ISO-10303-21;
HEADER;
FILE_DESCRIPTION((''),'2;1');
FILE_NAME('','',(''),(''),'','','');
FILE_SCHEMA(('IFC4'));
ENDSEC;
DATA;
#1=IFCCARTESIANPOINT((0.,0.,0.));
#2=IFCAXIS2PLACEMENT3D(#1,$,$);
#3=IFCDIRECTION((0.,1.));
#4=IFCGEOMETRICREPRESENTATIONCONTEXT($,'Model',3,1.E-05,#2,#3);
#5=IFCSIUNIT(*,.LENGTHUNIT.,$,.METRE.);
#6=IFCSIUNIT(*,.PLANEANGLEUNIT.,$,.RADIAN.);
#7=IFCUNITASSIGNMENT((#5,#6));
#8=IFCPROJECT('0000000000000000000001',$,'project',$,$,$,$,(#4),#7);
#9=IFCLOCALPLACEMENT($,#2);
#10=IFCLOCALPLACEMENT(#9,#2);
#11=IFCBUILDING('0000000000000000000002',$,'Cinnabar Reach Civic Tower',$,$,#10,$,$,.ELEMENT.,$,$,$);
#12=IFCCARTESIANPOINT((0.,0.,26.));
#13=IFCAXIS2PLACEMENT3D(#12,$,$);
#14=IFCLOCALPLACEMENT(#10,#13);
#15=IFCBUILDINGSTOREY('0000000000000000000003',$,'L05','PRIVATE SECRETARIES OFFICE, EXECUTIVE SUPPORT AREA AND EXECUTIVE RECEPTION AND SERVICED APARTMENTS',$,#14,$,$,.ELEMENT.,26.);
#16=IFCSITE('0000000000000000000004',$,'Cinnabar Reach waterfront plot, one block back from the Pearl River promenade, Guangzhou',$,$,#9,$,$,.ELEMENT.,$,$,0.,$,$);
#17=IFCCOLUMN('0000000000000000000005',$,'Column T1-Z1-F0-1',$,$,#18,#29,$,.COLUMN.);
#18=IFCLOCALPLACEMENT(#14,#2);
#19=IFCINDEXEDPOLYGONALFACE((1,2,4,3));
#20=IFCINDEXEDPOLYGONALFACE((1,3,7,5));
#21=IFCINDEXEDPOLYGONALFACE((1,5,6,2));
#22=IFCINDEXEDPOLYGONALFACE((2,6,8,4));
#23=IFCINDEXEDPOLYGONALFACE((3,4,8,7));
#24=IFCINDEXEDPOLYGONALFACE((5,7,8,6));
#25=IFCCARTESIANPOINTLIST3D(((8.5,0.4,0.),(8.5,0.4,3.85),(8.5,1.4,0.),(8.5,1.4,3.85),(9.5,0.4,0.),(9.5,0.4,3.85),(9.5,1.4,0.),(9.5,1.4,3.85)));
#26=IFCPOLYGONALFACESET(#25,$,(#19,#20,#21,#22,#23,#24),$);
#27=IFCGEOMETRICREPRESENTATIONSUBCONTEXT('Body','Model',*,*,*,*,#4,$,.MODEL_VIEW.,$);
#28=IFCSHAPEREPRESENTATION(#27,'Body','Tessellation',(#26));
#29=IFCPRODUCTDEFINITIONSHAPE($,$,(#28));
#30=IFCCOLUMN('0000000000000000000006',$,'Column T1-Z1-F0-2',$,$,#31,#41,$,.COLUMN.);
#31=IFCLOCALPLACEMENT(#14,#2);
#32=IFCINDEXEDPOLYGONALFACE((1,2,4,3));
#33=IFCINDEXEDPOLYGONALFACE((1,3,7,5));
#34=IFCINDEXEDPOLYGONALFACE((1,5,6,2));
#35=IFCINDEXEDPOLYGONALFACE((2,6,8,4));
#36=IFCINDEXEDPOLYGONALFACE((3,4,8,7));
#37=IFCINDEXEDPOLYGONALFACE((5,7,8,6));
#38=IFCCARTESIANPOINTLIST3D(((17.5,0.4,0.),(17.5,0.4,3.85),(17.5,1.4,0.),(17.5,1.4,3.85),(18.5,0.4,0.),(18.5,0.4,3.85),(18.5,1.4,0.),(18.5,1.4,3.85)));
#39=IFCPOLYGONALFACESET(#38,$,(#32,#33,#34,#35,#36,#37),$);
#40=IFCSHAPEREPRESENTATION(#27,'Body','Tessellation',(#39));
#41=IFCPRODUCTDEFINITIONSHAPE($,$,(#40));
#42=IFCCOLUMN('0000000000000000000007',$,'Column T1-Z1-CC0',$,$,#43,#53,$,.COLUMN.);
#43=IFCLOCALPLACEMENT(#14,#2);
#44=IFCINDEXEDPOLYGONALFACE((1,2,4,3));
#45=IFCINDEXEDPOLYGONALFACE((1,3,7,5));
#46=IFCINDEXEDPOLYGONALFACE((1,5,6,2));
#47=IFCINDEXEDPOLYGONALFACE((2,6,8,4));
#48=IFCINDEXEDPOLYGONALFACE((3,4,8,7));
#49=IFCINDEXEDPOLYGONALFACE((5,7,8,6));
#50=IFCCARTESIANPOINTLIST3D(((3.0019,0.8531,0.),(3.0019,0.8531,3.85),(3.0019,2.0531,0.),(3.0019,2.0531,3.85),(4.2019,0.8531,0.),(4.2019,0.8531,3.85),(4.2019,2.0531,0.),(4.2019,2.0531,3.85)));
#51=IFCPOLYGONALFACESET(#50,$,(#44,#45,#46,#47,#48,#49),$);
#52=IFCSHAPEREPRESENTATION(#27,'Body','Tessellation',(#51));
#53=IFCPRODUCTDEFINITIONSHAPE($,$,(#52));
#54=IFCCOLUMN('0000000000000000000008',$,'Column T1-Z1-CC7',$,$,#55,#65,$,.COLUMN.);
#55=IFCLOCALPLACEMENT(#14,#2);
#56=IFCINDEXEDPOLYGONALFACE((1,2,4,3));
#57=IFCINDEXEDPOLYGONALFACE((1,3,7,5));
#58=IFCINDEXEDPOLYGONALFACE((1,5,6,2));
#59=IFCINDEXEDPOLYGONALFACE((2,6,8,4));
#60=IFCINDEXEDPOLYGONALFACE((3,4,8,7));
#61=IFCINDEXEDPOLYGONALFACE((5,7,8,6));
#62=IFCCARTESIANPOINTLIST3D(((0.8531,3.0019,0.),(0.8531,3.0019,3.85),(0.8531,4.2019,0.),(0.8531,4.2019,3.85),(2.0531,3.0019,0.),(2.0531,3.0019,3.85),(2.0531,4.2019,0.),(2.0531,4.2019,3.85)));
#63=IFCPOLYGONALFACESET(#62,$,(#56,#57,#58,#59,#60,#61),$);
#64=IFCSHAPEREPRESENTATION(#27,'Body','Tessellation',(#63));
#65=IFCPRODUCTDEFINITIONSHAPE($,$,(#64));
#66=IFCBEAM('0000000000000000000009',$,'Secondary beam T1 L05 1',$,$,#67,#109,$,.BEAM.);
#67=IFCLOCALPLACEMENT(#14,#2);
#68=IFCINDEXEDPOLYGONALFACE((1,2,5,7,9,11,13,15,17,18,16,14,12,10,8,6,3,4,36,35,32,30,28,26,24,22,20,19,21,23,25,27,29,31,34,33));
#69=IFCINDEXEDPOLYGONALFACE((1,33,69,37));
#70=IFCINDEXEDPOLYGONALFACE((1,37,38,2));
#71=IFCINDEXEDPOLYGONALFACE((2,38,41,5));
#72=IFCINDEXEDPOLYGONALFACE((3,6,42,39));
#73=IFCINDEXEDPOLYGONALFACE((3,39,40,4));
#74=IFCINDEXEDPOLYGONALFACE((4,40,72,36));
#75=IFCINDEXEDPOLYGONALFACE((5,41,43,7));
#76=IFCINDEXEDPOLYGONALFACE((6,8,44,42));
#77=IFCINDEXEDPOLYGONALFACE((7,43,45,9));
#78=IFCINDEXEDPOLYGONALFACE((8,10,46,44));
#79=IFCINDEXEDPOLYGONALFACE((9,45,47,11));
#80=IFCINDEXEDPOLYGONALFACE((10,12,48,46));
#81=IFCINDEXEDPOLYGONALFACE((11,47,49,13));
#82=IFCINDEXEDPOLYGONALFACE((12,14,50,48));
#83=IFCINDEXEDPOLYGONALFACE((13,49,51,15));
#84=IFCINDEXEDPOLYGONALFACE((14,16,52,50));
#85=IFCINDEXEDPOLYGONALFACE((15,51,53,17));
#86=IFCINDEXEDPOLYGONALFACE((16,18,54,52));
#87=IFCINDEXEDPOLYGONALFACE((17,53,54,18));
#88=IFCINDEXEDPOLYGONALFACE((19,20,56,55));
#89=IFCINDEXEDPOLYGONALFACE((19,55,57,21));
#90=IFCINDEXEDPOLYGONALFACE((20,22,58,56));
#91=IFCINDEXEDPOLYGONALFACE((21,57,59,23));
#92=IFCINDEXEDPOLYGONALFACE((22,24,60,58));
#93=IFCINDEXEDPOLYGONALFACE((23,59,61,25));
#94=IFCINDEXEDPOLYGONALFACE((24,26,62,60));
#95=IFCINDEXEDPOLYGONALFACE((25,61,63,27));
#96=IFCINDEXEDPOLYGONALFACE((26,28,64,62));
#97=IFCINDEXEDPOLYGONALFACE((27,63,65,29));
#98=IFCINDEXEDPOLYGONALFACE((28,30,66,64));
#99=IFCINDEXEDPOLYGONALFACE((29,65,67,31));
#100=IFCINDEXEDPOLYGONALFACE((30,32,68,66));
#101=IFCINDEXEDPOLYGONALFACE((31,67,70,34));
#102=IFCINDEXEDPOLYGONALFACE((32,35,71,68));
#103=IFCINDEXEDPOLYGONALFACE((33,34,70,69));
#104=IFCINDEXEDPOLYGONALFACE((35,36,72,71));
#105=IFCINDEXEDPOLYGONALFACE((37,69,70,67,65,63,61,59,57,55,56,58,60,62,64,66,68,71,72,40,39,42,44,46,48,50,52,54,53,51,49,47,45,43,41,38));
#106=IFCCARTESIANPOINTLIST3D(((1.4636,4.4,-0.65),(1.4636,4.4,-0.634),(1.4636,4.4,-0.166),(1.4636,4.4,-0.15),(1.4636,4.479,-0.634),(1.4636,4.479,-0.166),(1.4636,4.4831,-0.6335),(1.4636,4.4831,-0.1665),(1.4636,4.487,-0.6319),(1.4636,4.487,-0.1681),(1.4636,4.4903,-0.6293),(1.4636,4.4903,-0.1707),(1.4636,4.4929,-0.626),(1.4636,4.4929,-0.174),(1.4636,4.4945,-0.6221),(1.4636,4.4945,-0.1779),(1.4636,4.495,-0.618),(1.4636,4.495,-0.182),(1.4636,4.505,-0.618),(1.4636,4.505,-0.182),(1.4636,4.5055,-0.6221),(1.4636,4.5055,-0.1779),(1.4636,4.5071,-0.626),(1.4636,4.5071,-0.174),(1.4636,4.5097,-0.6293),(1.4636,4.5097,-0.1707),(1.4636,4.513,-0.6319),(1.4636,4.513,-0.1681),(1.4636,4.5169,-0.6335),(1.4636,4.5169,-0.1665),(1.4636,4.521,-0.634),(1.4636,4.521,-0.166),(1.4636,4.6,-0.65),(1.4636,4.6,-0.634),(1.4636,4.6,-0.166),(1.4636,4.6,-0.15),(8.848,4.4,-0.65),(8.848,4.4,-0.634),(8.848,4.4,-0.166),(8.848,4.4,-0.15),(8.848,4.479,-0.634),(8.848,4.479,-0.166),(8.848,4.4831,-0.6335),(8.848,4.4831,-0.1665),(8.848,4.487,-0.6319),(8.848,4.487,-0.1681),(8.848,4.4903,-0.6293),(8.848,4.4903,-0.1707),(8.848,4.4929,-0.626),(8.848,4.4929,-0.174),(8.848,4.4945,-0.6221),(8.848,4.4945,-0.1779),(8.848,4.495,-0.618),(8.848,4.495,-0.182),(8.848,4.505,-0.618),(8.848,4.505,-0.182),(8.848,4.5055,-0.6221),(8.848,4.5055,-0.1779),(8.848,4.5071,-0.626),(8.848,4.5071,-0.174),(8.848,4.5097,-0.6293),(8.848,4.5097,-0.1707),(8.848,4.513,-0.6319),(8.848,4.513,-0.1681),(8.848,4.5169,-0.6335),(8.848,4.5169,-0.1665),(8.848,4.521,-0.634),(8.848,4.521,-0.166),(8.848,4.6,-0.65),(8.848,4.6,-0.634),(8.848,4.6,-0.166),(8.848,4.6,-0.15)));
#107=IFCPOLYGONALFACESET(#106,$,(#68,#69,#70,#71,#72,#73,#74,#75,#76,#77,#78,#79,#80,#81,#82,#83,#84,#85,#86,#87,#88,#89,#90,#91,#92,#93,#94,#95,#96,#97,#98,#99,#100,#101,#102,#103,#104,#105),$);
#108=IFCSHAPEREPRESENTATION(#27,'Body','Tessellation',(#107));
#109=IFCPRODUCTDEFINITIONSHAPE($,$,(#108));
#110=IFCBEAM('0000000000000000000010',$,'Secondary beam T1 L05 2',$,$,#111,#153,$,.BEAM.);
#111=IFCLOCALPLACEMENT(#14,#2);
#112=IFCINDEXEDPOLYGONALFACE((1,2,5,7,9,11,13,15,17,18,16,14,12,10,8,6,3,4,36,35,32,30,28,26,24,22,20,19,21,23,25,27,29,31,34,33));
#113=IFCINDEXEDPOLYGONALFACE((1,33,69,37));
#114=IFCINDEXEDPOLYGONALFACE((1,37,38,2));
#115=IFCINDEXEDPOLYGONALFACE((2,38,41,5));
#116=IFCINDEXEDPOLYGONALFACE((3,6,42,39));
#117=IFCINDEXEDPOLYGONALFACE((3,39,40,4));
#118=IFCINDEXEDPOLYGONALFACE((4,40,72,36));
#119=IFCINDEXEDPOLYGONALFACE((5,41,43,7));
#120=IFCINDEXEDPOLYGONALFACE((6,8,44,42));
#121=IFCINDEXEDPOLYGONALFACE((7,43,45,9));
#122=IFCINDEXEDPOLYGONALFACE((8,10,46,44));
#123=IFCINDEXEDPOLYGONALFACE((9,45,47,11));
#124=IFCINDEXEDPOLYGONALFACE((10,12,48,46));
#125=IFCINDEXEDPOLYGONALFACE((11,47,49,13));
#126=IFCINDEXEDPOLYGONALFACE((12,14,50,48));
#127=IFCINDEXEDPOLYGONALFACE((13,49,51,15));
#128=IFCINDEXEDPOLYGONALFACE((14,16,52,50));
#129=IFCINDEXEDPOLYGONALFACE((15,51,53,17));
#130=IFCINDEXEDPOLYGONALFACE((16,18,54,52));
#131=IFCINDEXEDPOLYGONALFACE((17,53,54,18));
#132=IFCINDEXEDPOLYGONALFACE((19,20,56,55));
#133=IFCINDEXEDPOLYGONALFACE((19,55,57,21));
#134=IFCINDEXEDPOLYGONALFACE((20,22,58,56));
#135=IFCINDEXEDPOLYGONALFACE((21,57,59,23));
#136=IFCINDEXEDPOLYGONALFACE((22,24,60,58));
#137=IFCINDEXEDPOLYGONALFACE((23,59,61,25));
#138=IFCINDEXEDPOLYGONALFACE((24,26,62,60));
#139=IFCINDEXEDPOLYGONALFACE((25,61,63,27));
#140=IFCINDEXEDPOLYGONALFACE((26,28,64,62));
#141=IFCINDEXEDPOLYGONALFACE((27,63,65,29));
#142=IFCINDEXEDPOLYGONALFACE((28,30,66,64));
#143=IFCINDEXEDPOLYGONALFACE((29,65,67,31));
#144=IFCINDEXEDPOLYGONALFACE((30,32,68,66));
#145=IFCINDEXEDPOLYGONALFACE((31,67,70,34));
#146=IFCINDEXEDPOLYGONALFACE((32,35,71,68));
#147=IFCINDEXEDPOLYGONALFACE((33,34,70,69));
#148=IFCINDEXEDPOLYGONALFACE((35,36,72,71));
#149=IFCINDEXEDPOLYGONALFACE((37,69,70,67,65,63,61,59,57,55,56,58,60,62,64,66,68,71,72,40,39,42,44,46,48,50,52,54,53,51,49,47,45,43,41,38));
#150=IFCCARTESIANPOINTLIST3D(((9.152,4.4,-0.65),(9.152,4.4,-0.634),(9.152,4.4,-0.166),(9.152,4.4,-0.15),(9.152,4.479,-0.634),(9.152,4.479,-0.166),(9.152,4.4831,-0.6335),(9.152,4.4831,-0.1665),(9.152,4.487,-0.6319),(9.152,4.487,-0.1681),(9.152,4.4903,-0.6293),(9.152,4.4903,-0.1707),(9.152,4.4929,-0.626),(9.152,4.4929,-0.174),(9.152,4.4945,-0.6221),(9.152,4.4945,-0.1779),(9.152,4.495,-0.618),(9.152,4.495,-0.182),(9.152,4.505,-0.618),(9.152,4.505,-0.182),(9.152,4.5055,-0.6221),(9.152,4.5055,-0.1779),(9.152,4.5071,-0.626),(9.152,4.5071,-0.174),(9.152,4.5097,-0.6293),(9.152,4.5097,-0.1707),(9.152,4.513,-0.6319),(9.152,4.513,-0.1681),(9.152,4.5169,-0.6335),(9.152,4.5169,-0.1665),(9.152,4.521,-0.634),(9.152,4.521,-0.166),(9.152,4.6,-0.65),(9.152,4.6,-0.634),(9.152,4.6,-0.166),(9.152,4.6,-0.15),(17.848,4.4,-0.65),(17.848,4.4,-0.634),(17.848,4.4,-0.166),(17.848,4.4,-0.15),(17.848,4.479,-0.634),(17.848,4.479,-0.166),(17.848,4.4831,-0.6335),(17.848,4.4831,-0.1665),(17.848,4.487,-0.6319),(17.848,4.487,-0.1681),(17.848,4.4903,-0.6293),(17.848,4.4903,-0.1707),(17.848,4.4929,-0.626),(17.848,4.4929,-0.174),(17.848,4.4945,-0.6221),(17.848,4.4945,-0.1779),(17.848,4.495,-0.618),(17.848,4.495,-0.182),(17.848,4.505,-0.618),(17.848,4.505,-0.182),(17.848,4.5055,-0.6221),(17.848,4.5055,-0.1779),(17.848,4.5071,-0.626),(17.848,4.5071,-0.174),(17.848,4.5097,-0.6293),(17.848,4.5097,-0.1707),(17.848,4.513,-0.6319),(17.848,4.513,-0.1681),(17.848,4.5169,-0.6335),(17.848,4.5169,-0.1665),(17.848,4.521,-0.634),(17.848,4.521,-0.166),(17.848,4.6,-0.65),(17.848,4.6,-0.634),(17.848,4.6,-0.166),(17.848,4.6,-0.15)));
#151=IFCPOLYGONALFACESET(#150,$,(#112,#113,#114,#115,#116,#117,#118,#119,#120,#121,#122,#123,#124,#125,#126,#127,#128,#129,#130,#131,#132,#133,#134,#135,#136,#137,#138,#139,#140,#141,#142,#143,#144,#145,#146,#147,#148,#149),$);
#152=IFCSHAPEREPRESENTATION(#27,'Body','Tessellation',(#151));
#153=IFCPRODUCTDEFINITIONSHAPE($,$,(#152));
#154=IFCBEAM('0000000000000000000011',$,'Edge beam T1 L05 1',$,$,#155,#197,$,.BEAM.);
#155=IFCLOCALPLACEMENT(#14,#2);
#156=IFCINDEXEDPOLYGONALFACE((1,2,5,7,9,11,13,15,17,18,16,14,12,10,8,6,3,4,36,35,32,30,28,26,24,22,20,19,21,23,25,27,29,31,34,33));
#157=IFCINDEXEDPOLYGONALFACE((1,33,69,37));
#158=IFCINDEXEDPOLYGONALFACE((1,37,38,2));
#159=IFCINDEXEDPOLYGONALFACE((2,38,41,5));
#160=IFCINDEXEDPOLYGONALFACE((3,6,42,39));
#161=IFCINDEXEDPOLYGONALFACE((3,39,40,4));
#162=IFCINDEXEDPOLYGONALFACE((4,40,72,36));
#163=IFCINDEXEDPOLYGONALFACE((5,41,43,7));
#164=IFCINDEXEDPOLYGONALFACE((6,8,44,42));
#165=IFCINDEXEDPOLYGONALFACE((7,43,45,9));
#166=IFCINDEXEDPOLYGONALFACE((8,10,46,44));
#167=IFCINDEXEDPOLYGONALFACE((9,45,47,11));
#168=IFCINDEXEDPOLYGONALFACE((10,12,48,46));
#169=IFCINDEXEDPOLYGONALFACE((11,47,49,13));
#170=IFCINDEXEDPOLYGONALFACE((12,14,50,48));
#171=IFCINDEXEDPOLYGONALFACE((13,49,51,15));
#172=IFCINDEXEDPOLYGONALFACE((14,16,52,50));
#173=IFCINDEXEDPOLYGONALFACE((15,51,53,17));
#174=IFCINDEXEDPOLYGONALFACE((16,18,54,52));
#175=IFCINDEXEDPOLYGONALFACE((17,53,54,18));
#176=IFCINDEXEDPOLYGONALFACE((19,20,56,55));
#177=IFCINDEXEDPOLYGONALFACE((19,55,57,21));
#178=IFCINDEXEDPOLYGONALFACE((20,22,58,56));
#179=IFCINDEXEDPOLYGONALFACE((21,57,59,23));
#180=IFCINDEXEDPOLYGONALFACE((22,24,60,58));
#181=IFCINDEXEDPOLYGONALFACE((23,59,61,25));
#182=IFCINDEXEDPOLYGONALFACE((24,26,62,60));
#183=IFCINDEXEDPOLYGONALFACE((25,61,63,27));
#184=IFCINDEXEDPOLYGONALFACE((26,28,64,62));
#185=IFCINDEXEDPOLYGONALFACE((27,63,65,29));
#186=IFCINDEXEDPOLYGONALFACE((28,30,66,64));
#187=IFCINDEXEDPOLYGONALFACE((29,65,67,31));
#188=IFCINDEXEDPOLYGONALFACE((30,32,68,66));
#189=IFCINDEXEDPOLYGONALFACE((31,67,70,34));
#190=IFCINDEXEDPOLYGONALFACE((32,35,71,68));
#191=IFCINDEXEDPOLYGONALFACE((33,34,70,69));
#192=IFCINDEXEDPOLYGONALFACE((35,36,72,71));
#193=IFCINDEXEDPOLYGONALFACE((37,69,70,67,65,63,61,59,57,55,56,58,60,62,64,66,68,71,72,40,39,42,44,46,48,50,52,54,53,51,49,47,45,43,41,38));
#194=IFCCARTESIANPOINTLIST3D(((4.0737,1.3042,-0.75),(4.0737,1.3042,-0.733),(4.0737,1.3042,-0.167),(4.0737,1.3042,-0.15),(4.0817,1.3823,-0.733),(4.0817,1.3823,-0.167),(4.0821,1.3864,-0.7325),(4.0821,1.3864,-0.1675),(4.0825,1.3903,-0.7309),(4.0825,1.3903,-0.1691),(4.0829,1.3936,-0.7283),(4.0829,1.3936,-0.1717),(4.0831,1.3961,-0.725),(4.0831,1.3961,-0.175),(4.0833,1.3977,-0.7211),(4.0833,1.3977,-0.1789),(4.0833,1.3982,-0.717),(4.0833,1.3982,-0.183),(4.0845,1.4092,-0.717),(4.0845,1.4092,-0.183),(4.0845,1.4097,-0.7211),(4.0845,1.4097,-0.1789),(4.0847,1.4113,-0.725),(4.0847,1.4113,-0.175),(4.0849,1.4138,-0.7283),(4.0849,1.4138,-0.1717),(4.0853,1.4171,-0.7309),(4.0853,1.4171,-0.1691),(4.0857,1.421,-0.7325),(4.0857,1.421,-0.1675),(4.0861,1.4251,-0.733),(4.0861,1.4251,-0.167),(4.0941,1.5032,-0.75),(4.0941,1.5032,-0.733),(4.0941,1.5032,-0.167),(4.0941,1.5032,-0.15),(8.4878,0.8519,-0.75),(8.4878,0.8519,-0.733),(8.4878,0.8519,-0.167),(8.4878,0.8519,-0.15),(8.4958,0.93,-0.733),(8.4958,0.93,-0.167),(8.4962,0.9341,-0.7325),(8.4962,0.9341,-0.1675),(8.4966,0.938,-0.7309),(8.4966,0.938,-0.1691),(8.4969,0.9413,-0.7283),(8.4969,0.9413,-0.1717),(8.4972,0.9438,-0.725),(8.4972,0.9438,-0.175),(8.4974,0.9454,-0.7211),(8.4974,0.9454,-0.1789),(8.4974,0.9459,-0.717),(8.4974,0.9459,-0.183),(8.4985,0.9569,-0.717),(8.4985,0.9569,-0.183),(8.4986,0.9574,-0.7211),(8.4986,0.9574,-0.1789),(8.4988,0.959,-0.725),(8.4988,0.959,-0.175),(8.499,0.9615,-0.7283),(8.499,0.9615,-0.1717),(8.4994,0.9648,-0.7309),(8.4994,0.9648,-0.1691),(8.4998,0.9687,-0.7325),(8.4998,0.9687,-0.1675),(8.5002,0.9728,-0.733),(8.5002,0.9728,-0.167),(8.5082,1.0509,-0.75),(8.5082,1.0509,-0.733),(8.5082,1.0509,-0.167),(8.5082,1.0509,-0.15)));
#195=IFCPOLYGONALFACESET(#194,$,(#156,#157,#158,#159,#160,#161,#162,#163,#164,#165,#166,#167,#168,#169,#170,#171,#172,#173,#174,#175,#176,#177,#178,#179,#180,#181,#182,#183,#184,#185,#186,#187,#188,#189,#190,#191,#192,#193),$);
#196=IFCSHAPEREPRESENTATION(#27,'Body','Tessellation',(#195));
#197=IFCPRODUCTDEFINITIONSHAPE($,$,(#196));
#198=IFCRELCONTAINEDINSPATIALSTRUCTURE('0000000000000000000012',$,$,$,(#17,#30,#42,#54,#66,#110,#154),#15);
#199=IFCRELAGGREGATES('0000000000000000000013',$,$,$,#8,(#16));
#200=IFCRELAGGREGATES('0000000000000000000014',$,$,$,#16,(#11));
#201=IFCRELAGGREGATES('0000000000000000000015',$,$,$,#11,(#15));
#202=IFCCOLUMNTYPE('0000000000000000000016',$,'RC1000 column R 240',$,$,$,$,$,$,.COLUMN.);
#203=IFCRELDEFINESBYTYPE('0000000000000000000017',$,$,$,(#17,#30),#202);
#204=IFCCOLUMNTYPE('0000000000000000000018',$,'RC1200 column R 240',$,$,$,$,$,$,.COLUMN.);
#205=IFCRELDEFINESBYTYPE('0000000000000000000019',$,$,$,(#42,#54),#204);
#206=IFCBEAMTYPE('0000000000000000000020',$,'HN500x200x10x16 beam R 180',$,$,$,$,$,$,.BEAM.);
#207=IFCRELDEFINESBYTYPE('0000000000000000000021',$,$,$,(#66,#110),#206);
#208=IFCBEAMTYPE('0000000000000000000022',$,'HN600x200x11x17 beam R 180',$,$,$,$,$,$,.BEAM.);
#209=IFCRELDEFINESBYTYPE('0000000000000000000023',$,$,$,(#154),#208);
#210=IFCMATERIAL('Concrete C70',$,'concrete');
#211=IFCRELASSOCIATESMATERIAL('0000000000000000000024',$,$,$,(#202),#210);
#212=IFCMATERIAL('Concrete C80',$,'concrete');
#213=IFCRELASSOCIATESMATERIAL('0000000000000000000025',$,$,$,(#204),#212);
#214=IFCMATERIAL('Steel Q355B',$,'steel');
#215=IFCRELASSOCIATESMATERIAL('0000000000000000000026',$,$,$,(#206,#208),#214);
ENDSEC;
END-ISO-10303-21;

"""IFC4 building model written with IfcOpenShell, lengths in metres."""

from ifc_helpers import new_model, si_unit, direction, frame, origin, origin_2d, place, context, subcontext, project, spatial, rectangle, i_section, extrude, material, material_profile, profile_set, type_object, element, save


model = new_model("IFC4")

# Units and contexts
model_context = context("Model", 3, precision=1e-05, world=origin(), true_north=direction((0.0, 1.0)))
body_context = subcontext(model_context, "Body", "Model", "MODEL_VIEW")
ifc_project = project(units=[si_unit("LENGTHUNIT", "METRE"), si_unit("PLANEANGLEUNIT", "RADIAN")], contexts=[model_context])

# Site, building, storey
site_placement = place(None, origin())
site = spatial("IfcSite", under=ifc_project, at=site_placement, Name="Cinnabar Reach waterfront plot, one block back from the Pearl River promenade, Guangzhou", CompositionType="ELEMENT", RefElevation=0.0)
building_placement = place(site_placement, origin())
building = spatial("IfcBuilding", under=site, at=building_placement, Name="Cinnabar Reach Civic Tower", CompositionType="ELEMENT")
storey_placement = place(building_placement, frame((0.0, 0.0, 26.0)))
storey = spatial("IfcBuildingStorey", under=building, at=storey_placement, Name="L05", Description="PRIVATE SECRETARIES OFFICE, EXECUTIVE SUPPORT AREA AND EXECUTIVE RECEPTION AND SERVICED APARTMENTS", CompositionType="ELEMENT", Elevation=26.0)

# Columns
ifc_material_1 = material(Name="Concrete C70", Category="concrete")
ifc_material_profile_1 = material_profile(ifc_material_1, rectangle(XDim=1.0, YDim=1.0, at=origin_2d()), Name="RC1000")
ifc_profile_set_1 = profile_set([ifc_material_profile_1], Name="Concrete C70")
column_type_1 = type_object("IfcColumnType", Name="RC1000 column R 240", PredefinedType="COLUMN", material=ifc_profile_set_1)
for number, where, z_axis, x_axis, name in (
    (1, (9.0, 0.9, 0.0), (0.0, 0.0, 1.0), (1.0, 0.0, 0.0), "Column T1-Z1-F0-1"),
    (2, (18.0, 0.9, 0.0), (0.0, 0.0, 1.0), (1.0, 0.0, 0.0), "Column T1-Z1-F0-2"),
):
    element("IfcColumn", number, at=place(storey_placement, frame(where, z_axis=z_axis, x_axis=x_axis)), inside=storey, type_object=column_type_1, Name=name, PredefinedType="COLUMN", context=body_context, shape_type="SweptSolid", body=[
        extrude(rectangle(XDim=1.0, YDim=1.0, at=origin_2d()), origin(), (0.0, 0.0, 1.0), 3.85),
    ])
ifc_material_2 = material(Name="Concrete C80", Category="concrete")
ifc_material_profile_2 = material_profile(ifc_material_2, rectangle(XDim=1.2, YDim=1.2, at=origin_2d()), Name="RC1200")
ifc_profile_set_2 = profile_set([ifc_material_profile_2], Name="Concrete C80")
column_type_2 = type_object("IfcColumnType", Name="RC1200 column R 240", PredefinedType="COLUMN", material=ifc_profile_set_2)
for number, where, z_axis, x_axis, name in (
    (3, (3.6019, 1.4531, 0.0), (0.0, 0.0, 1.0), (1.0, 0.0, 0.0), "Column T1-Z1-CC0"),
    (4, (1.4531, 3.6019, 0.0), (0.0, 0.0, 1.0), (1.0, 0.0, 0.0), "Column T1-Z1-CC7"),
):
    element("IfcColumn", number, at=place(storey_placement, frame(where, z_axis=z_axis, x_axis=x_axis)), inside=storey, type_object=column_type_2, Name=name, PredefinedType="COLUMN", context=body_context, shape_type="SweptSolid", body=[
        extrude(rectangle(XDim=1.2, YDim=1.2, at=origin_2d()), origin(), (0.0, 0.0, 1.0), 3.85),
    ])

# Beams
ifc_material_3 = material(Name="Steel Q355B", Category="steel")
ifc_material_profile_3 = material_profile(ifc_material_3, i_section(OverallWidth=0.2, OverallDepth=0.5, WebThickness=0.01, FlangeThickness=0.016, FilletRadius=0.016, at=origin_2d()), Name="HN500x200x10x16")
ifc_profile_set_3 = profile_set([ifc_material_profile_3], Name="Steel Q355B")
beam_type_1 = type_object("IfcBeamType", Name="HN500x200x10x16 beam R 180", PredefinedType="BEAM", material=ifc_profile_set_3)
beam_1_placement = place(storey_placement, frame((1.4636, 4.5, -0.4), z_axis=(1.0, 0.0, 0.0), x_axis=(0.0, 1.0, 0.0)))
element("IfcBeam", 5, at=beam_1_placement, inside=storey, type_object=beam_type_1, Name="Secondary beam T1 L05 1", PredefinedType="BEAM", context=body_context, shape_type="SweptSolid", body=[
    extrude(i_section(OverallWidth=0.2, OverallDepth=0.5, WebThickness=0.01, FlangeThickness=0.016, FilletRadius=0.016, at=origin_2d()), origin(), (0.0, 0.0, 1.0), 7.3844),
])
beam_2_placement = place(storey_placement, frame((9.152, 4.5, -0.4), z_axis=(1.0, 0.0, 0.0), x_axis=(0.0, 1.0, 0.0)))
element("IfcBeam", 6, at=beam_2_placement, inside=storey, type_object=beam_type_1, Name="Secondary beam T1 L05 2", PredefinedType="BEAM", context=body_context, shape_type="SweptSolid", body=[
    extrude(i_section(OverallWidth=0.2, OverallDepth=0.5, WebThickness=0.01, FlangeThickness=0.016, FilletRadius=0.016, at=origin_2d()), origin(), (0.0, 0.0, 1.0), 8.696),
])
ifc_material_profile_4 = material_profile(ifc_material_3, i_section(OverallWidth=0.2, OverallDepth=0.6, WebThickness=0.011, FlangeThickness=0.017, FilletRadius=0.016, at=origin_2d()), Name="HN600x200x11x17")
ifc_profile_set_4 = profile_set([ifc_material_profile_4], Name="Steel Q355B")
beam_type_2 = type_object("IfcBeamType", Name="HN600x200x11x17 beam R 180", PredefinedType="BEAM", material=ifc_profile_set_4)
beam_3_placement = place(storey_placement, frame((4.0839, 1.4037, -0.45), z_axis=(0.994791, -0.101933, 0.0), x_axis=(0.101933, 0.994791, 0.0)))
element("IfcBeam", 7, at=beam_3_placement, inside=storey, type_object=beam_type_2, Name="Edge beam T1 L05 1", PredefinedType="BEAM", context=body_context, shape_type="SweptSolid", body=[
    extrude(i_section(OverallWidth=0.2, OverallDepth=0.6, WebThickness=0.011, FlangeThickness=0.017, FilletRadius=0.016, at=origin_2d()), origin(), (0.0, 0.0, 1.0), 4.4372),
])

save(model, "model.ifc")
